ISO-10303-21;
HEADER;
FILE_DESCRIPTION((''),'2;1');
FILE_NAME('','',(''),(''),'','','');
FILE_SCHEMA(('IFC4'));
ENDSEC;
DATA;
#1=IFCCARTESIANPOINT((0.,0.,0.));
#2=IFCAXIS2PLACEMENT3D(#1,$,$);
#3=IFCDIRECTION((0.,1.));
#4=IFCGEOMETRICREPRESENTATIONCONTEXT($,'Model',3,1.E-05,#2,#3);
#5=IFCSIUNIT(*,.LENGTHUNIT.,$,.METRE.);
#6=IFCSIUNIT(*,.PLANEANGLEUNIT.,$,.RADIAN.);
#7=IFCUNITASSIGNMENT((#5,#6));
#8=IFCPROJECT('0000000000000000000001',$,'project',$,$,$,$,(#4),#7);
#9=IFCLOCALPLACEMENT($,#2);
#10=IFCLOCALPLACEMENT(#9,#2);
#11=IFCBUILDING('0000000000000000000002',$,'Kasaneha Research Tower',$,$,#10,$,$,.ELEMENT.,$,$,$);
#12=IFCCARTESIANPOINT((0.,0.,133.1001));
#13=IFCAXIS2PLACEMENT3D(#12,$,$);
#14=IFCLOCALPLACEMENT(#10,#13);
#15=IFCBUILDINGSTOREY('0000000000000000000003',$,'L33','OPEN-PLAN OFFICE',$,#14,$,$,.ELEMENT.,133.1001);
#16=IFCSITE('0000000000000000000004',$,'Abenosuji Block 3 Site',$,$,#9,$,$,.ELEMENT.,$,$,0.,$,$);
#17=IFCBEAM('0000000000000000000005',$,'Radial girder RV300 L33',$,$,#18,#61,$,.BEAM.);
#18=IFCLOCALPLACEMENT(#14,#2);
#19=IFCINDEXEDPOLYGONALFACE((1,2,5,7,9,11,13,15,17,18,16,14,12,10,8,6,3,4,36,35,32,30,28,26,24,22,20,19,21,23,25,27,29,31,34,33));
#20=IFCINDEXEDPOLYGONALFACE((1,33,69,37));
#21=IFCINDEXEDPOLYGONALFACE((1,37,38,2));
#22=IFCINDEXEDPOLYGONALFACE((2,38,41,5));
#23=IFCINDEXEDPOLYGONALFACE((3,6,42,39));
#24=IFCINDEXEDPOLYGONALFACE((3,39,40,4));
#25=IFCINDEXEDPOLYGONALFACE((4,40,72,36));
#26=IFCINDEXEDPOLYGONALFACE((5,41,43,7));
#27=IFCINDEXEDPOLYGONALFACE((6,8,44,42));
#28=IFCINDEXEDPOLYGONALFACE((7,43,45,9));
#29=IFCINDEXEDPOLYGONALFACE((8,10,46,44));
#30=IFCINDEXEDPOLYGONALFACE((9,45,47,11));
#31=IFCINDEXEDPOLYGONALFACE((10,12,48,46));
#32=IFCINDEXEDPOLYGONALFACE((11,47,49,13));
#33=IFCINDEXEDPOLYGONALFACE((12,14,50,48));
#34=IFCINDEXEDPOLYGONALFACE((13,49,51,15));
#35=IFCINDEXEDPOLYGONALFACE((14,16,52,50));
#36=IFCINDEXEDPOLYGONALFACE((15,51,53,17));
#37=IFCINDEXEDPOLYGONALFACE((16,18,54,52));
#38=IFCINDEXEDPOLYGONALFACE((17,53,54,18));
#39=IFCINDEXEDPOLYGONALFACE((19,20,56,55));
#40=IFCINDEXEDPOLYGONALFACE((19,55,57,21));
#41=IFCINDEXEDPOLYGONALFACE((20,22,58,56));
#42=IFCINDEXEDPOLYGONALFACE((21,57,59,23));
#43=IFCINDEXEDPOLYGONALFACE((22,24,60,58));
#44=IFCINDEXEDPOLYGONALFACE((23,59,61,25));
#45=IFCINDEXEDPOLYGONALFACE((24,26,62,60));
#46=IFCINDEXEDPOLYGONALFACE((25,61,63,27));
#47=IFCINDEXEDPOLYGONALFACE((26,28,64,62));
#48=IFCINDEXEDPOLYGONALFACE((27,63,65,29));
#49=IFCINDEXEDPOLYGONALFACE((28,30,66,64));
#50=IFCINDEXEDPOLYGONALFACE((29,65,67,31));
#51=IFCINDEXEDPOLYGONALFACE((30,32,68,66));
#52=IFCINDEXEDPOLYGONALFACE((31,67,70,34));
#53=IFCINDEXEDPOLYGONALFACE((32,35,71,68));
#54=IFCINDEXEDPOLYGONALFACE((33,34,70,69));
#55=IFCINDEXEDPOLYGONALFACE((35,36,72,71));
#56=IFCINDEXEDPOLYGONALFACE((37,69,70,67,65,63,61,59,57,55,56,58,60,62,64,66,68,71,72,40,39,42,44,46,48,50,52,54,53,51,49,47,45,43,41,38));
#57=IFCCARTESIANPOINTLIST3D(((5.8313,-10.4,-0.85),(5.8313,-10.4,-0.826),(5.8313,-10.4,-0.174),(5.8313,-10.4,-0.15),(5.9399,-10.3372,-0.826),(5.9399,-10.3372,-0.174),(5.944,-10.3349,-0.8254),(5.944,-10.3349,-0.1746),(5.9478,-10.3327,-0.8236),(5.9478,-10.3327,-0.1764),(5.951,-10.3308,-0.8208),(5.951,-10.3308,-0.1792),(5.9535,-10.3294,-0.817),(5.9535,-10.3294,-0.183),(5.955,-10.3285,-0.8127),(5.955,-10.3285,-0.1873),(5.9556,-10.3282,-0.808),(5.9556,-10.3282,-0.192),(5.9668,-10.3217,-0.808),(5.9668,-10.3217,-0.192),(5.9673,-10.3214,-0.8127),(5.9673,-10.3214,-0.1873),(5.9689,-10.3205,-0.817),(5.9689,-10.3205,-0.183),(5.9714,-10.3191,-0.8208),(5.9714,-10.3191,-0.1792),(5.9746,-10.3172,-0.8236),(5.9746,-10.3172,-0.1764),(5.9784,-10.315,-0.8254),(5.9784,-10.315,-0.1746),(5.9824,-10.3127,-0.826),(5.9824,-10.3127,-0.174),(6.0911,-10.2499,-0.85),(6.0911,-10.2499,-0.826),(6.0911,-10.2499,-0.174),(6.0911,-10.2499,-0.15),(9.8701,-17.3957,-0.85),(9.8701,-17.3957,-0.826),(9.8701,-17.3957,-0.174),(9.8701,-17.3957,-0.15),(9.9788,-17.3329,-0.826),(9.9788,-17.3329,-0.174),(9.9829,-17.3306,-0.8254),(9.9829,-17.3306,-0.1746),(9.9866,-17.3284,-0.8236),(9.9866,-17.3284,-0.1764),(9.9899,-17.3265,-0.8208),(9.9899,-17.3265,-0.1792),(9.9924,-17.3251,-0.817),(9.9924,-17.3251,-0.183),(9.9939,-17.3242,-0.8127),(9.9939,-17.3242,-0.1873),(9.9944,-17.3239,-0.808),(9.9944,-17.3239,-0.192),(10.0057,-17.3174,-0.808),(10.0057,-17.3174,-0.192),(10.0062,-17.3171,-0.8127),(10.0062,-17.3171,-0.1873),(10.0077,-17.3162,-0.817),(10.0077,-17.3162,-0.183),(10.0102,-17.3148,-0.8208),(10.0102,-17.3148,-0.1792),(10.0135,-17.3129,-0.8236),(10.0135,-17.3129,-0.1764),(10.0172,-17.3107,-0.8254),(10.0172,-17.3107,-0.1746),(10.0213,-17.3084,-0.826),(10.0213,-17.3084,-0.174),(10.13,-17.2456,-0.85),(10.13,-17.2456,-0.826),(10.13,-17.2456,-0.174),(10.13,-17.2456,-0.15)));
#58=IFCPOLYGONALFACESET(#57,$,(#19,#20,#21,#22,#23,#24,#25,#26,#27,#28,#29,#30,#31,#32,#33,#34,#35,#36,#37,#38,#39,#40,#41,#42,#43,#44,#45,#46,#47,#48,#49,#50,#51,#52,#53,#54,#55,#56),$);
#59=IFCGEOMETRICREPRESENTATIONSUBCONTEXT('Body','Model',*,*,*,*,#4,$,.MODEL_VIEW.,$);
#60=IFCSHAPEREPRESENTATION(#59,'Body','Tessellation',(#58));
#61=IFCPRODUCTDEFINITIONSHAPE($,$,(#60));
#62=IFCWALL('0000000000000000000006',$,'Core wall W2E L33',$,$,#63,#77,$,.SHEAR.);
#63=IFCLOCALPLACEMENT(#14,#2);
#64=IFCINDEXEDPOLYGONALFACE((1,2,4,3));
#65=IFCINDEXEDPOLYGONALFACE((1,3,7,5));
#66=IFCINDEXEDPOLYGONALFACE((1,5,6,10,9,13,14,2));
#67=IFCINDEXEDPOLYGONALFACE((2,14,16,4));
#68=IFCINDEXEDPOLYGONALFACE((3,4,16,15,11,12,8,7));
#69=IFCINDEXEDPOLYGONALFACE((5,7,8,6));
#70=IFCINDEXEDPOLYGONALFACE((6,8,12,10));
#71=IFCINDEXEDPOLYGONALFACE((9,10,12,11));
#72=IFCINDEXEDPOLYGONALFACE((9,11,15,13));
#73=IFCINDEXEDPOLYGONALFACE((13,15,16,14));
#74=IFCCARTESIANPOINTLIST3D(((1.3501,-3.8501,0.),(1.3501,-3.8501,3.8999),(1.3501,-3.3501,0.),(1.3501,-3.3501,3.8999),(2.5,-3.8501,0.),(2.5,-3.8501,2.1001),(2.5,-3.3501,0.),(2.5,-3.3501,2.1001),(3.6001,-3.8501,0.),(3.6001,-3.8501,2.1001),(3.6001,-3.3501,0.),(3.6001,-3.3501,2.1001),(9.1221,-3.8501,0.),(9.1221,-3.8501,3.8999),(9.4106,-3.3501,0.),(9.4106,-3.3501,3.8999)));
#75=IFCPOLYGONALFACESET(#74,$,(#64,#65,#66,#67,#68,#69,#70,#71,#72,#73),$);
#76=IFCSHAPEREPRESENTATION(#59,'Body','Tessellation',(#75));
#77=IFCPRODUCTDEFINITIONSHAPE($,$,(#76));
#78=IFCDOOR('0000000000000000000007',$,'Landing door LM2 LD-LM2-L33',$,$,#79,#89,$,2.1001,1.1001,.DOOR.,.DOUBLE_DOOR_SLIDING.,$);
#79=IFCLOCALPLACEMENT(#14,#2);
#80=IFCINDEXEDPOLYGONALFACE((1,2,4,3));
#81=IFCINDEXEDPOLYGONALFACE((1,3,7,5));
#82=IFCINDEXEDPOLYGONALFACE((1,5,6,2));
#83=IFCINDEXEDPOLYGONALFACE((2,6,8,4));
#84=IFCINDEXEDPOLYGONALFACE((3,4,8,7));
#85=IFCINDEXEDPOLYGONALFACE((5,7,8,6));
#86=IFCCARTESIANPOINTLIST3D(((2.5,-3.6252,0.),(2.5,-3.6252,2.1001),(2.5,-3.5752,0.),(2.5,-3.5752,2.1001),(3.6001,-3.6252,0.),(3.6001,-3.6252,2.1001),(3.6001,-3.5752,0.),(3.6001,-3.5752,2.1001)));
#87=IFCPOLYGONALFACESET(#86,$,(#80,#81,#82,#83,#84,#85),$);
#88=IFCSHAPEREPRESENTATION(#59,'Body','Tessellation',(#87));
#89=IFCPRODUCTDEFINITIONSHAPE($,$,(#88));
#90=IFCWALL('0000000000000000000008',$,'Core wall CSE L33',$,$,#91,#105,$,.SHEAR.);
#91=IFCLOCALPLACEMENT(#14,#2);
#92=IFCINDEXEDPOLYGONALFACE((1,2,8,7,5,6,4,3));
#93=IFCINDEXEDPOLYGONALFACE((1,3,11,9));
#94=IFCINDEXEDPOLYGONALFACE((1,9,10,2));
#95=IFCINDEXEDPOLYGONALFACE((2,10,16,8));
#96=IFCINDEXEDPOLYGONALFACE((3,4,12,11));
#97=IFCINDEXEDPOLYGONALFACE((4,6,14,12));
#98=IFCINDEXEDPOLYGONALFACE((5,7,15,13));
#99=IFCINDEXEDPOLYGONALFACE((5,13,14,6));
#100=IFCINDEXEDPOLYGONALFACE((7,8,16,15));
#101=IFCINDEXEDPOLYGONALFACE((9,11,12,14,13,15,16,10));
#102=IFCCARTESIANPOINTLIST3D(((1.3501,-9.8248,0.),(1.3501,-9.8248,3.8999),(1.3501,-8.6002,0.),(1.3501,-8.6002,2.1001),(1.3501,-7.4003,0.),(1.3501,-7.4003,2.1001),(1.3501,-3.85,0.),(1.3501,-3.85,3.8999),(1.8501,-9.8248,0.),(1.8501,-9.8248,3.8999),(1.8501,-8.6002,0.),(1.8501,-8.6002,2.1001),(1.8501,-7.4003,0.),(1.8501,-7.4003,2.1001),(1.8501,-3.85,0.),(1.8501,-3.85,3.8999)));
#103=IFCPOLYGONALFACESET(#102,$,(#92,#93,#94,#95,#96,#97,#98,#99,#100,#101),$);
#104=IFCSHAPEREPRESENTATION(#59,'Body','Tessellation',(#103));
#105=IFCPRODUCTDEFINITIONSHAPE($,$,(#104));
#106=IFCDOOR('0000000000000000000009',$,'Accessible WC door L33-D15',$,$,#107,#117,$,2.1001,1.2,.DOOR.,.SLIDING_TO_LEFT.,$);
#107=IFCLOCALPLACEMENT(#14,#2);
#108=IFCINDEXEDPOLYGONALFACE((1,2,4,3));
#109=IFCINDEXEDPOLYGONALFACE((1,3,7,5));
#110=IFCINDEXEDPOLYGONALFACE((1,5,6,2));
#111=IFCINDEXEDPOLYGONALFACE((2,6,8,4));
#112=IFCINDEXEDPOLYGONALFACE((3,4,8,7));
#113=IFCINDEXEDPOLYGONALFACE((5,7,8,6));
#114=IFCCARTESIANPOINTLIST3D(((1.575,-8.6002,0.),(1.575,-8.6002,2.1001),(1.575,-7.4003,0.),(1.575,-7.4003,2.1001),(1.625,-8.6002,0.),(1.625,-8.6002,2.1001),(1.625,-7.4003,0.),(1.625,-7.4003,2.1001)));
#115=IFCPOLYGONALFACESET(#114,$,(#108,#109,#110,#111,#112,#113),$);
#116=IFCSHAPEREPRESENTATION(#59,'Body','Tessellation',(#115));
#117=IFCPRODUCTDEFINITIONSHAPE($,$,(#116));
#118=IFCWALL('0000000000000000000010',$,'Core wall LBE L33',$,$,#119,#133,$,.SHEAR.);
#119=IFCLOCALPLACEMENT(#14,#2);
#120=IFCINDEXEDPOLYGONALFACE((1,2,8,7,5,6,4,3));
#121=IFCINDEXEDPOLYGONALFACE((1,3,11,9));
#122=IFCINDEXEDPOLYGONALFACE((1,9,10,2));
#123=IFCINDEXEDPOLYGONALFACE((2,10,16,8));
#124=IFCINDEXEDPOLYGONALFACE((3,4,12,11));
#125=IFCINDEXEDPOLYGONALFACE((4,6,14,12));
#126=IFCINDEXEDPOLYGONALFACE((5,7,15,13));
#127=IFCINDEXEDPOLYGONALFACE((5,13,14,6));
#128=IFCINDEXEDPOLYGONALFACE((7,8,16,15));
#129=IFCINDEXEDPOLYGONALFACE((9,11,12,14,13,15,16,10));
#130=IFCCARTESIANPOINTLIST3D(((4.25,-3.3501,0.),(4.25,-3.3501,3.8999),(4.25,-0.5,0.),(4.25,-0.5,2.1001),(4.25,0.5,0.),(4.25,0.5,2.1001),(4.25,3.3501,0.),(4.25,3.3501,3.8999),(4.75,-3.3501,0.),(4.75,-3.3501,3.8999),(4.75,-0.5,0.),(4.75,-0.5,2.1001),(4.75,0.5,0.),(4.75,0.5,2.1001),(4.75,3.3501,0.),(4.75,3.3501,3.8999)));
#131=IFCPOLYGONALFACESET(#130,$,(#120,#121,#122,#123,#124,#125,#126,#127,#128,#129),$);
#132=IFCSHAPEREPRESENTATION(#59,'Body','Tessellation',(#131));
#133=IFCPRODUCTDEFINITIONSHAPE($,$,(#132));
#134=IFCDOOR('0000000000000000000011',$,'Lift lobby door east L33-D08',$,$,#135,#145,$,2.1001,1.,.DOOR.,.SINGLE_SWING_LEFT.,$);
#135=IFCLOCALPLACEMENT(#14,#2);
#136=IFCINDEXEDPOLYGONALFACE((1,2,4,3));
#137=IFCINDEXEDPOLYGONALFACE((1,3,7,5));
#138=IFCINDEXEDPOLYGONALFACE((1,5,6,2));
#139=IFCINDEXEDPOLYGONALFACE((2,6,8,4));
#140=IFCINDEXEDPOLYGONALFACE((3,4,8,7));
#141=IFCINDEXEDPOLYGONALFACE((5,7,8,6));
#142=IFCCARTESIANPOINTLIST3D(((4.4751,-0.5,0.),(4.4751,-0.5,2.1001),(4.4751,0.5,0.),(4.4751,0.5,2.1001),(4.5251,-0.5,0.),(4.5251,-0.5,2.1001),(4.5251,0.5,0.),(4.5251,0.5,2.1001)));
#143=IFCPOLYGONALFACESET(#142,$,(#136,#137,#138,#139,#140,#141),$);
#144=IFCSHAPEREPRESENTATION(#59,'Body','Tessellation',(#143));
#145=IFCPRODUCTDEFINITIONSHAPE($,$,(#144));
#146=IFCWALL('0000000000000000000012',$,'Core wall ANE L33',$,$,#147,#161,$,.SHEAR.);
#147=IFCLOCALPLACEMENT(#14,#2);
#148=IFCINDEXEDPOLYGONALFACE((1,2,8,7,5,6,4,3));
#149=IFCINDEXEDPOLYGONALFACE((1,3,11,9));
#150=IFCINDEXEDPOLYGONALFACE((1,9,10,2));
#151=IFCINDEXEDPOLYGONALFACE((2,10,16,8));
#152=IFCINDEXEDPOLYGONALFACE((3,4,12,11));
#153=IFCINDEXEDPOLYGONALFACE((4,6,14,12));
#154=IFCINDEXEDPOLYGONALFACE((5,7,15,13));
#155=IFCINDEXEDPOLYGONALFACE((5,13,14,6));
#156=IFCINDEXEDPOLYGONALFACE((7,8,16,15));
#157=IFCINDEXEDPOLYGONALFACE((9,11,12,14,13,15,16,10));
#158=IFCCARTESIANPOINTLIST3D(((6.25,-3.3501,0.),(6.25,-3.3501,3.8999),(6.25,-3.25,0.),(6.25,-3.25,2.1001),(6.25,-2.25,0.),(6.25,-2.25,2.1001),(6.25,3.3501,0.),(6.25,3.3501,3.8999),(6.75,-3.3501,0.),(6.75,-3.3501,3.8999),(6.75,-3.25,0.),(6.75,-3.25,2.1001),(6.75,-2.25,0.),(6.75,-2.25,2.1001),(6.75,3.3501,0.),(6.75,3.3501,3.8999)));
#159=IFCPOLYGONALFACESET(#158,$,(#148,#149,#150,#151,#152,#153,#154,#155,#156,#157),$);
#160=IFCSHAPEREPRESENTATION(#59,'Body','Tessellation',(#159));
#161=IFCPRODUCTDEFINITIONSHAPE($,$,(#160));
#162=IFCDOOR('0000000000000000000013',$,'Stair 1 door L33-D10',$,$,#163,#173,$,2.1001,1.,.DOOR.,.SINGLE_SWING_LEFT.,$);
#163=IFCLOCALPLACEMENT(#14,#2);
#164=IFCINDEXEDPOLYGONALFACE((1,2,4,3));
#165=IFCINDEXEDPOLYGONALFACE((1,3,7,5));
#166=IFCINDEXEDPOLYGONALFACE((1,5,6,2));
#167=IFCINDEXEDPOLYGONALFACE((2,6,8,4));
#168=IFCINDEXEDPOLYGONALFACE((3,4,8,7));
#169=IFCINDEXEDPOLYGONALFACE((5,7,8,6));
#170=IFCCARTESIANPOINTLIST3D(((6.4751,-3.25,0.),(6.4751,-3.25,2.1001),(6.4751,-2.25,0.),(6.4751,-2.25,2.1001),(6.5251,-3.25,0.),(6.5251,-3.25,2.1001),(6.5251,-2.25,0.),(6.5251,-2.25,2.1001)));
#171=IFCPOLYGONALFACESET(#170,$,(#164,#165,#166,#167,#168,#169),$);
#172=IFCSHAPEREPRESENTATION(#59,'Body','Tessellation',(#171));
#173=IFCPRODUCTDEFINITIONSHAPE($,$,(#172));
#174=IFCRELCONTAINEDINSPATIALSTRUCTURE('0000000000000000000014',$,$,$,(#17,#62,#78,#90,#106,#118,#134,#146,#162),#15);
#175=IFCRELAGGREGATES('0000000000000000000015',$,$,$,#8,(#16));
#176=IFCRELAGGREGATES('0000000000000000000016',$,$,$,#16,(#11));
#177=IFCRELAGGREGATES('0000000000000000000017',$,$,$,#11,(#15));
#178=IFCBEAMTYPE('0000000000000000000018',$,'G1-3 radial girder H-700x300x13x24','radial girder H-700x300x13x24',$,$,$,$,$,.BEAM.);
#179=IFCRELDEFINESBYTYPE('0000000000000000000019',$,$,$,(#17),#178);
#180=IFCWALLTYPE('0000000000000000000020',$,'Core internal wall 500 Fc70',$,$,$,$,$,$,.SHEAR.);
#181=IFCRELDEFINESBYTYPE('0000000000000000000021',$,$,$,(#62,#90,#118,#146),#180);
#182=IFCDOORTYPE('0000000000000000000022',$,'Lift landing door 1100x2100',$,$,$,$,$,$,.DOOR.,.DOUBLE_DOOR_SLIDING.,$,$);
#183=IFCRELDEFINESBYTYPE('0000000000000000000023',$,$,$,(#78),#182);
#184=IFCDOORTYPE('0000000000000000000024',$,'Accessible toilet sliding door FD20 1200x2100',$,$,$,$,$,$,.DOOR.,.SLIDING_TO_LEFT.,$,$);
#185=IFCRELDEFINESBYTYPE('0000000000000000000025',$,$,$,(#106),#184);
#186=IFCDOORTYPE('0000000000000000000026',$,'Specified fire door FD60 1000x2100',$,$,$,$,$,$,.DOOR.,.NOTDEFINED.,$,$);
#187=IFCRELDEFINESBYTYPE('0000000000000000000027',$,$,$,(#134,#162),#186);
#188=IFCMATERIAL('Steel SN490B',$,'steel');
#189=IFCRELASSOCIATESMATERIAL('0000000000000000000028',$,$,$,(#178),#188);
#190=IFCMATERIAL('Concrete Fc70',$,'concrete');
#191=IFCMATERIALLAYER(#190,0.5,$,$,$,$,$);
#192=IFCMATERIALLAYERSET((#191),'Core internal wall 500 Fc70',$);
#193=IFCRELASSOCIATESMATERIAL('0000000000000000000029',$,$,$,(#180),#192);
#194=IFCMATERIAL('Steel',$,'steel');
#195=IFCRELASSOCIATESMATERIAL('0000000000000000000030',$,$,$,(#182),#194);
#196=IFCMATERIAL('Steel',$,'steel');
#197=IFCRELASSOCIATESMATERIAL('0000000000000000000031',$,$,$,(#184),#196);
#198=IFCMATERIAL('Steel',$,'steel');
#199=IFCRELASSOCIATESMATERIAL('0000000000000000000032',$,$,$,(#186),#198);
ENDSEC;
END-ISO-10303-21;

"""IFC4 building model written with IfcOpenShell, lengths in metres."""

from ifc_helpers import new_model, si_unit, direction, frame, frame_2d, origin, origin_2d, place, context, subcontext, project, spatial, polyline, rectangle, i_section, outline, extrude, material, layer, layer_set, material_profile, profile_set, type_object, element, fill, save


model = new_model("IFC4")

# Units and contexts
model_context = context("Model", 3, precision=1e-05, world=origin(), true_north=direction((0.0, 1.0)))
body_context = subcontext(model_context, "Body", "Model", "MODEL_VIEW")
ifc_project = project(units=[si_unit("LENGTHUNIT", "METRE"), si_unit("PLANEANGLEUNIT", "RADIAN")], contexts=[model_context])

# Site, building, storey
site_placement = place(None, origin())
site = spatial("IfcSite", under=ifc_project, at=site_placement, Name="Abenosuji Block 3 Site", CompositionType="ELEMENT", RefElevation=0.0)
building_placement = place(site_placement, origin())
building = spatial("IfcBuilding", under=site, at=building_placement, Name="Kasaneha Research Tower", CompositionType="ELEMENT")
storey_placement = place(building_placement, frame((0.0, 0.0, 133.1001)))
storey = spatial("IfcBuildingStorey", under=building, at=storey_placement, Name="L33", Description="OPEN-PLAN OFFICE", CompositionType="ELEMENT", Elevation=133.1001)

# Beam
ifc_material_1 = material(Name="Steel SN490B", Category="steel")
ifc_material_profile_1 = material_profile(ifc_material_1, i_section(OverallWidth=0.3, OverallDepth=0.7, WebThickness=0.0129, FlangeThickness=0.0239, FilletRadius=0.0181, at=origin_2d()), Name="H-700x300x13x24")
ifc_profile_set_1 = profile_set([ifc_material_profile_1], Name="Steel SN490B")
beam_type_1 = type_object("IfcBeamType", Name="G1-3 radial girder H-700x300x13x24", Description="radial girder H-700x300x13x24", PredefinedType="BEAM", material=ifc_profile_set_1)
beam_1_placement = place(storey_placement, frame((5.9612, -10.325, -0.5), z_axis=(0.499991, -0.866031, 0.0), x_axis=(0.866031, 0.499991, 0.0)))
element("IfcBeam", 1, at=beam_1_placement, inside=storey, type_object=beam_type_1, Name="Radial girder RV300 L33", PredefinedType="BEAM", context=body_context, shape_type="SweptSolid", body=[
    extrude(i_section(OverallWidth=0.3, OverallDepth=0.7, WebThickness=0.0129, FlangeThickness=0.0239, FilletRadius=0.0181, at=origin_2d()), origin(), (0.0, 0.0, 1.0), 8.0779),
])

# Walls, openings, doors
ifc_material_2 = material(Name="Concrete Fc70", Category="concrete")
ifc_layer_1 = layer(ifc_material_2, 0.5)
ifc_layer_set_1 = layer_set([ifc_layer_1], Name="Core internal wall 500 Fc70")
wall_type_1 = type_object("IfcWallType", Name="Core internal wall 500 Fc70", PredefinedType="SHEAR", material=ifc_layer_set_1)
wall_1_placement = place(storey_placement, frame((1.3501, -3.6001, 0.0), z_axis=(0.0, 0.0, 1.0), x_axis=(1.0, 0.0, 0.0)))
wall_1 = element("IfcWall", 2, at=wall_1_placement, inside=storey, type_object=wall_type_1, Name="Core wall W2E L33", PredefinedType="SHEAR", context=body_context, shape_type="SweptSolid", body=[
    extrude(outline(polyline([(0.0, -0.25), (1.1499, -0.25), (2.25, -0.25), (7.772, -0.25), (8.0605, 0.25), (2.25, 0.25), (1.1499, 0.25), (0.0, 0.25), (0.0, -0.25)])), origin(), (0.0, 0.0, 1.0), 3.8999),
])
opening_1_placement = place(wall_1_placement, frame((1.1499, 0.0, 0.0)))
opening_1 = element("IfcOpeningElement", 3, at=opening_1_placement, cuts=wall_1, PredefinedType="OPENING", context=body_context, shape_type="SweptSolid", body=[
    extrude(rectangle(XDim=1.1001, YDim=2.1001, at=frame_2d((0.55, 1.05))), frame((0.0, 0.26, 0.0), z_axis=(0.0, -1.0, 0.0), x_axis=(1.0, 0.0, 0.0)), (0.0, 0.0, 1.0), 0.52),
])
ifc_material_3 = material(Name="Steel", Category="steel")
door_type_1 = type_object("IfcDoorType", Name="Lift landing door 1100x2100", OperationType="DOUBLE_DOOR_SLIDING", PredefinedType="DOOR", material=ifc_material_3)
door_1_placement = place(opening_1_placement, origin())
door_1 = element("IfcDoor", 4, at=door_1_placement, inside=storey, type_object=door_type_1, Name="Landing door LM2 LD-LM2-L33", OperationType="DOUBLE_DOOR_SLIDING", OverallHeight=2.1001, OverallWidth=1.1001, PredefinedType="DOOR", context=body_context, shape_type="SweptSolid", body=[
    extrude(rectangle(XDim=1.1001, YDim=2.1001, at=frame_2d((0.55, 1.05))), frame((0.0, 0.0249, 0.0), z_axis=(0.0, -1.0, 0.0), x_axis=(1.0, 0.0, 0.0)), (0.0, 0.0, 1.0), 0.05),
])
fill(opening_1, door_1)
wall_2_placement = place(storey_placement, frame((1.6001, -3.8501, 0.0), z_axis=(0.0, 0.0, 1.0), x_axis=(0.0, -1.0, 0.0)))
wall_2 = element("IfcWall", 5, at=wall_2_placement, inside=storey, type_object=wall_type_1, Name="Core wall CSE L33", PredefinedType="SHEAR", context=body_context, shape_type="SweptSolid", body=[
    extrude(rectangle(XDim=5.9749, YDim=0.5, at=frame_2d((2.9873, 0.0))), origin(), (0.0, 0.0, 1.0), 3.8999),
])
opening_2_placement = place(wall_2_placement, frame((3.55, 0.0, 0.0)))
opening_2 = element("IfcOpeningElement", 6, at=opening_2_placement, cuts=wall_2, PredefinedType="OPENING", context=body_context, shape_type="SweptSolid", body=[
    extrude(rectangle(XDim=1.2, YDim=2.1001, at=frame_2d((0.6001, 1.05))), frame((0.0, 0.26, 0.0), z_axis=(0.0, -1.0, 0.0), x_axis=(1.0, 0.0, 0.0)), (0.0, 0.0, 1.0), 0.52),
])
ifc_material_4 = material(Name="Steel", Category="steel")
door_type_2 = type_object("IfcDoorType", Name="Accessible toilet sliding door FD20 1200x2100", OperationType="SLIDING_TO_LEFT", PredefinedType="DOOR", material=ifc_material_4)
door_2_placement = place(opening_2_placement, origin())
door_2 = element("IfcDoor", 7, at=door_2_placement, inside=storey, type_object=door_type_2, Name="Accessible WC door L33-D15", OperationType="SLIDING_TO_LEFT", OverallHeight=2.1001, OverallWidth=1.2, PredefinedType="DOOR", context=body_context, shape_type="SweptSolid", body=[
    extrude(rectangle(XDim=1.2, YDim=2.1001, at=frame_2d((0.6001, 1.05))), frame((0.0, 0.0249, 0.0), z_axis=(0.0, -1.0, 0.0), x_axis=(1.0, 0.0, 0.0)), (0.0, 0.0, 1.0), 0.05),
])
fill(opening_2, door_2)
wall_3_placement = place(storey_placement, frame((4.5, -3.3501, 0.0), z_axis=(0.0, 0.0, 1.0), x_axis=(0.0, 1.0, 0.0)))
wall_3 = element("IfcWall", 8, at=wall_3_placement, inside=storey, type_object=wall_type_1, Name="Core wall LBE L33", PredefinedType="SHEAR", context=body_context, shape_type="SweptSolid", body=[
    extrude(rectangle(XDim=6.7002, YDim=0.5, at=frame_2d((3.3501, 0.0))), origin(), (0.0, 0.0, 1.0), 3.8999),
])
opening_3_placement = place(wall_3_placement, frame((2.8501, 0.0, 0.0)))
opening_3 = element("IfcOpeningElement", 9, at=opening_3_placement, cuts=wall_3, PredefinedType="OPENING", context=body_context, shape_type="SweptSolid", body=[
    extrude(rectangle(XDim=1.0, YDim=2.1001, at=frame_2d((0.5, 1.05))), frame((0.0, 0.26, 0.0), z_axis=(0.0, -1.0, 0.0), x_axis=(1.0, 0.0, 0.0)), (0.0, 0.0, 1.0), 0.52),
])
ifc_material_5 = material(Name="Steel", Category="steel")
door_type_3 = type_object("IfcDoorType", Name="Specified fire door FD60 1000x2100", OperationType="NOTDEFINED", PredefinedType="DOOR", material=ifc_material_5)
door_3_placement = place(opening_3_placement, origin())
door_3 = element("IfcDoor", 10, at=door_3_placement, inside=storey, type_object=door_type_3, Name="Lift lobby door east L33-D08", OperationType="SINGLE_SWING_LEFT", OverallHeight=2.1001, OverallWidth=1.0, PredefinedType="DOOR", context=body_context, shape_type="SweptSolid", body=[
    extrude(rectangle(XDim=1.0, YDim=2.1001, at=frame_2d((0.5, 1.05))), frame((0.0, 0.0249, 0.0), z_axis=(0.0, -1.0, 0.0), x_axis=(1.0, 0.0, 0.0)), (0.0, 0.0, 1.0), 0.05),
])
fill(opening_3, door_3)
wall_4_placement = place(storey_placement, frame((6.5, -3.3501, 0.0), z_axis=(0.0, 0.0, 1.0), x_axis=(0.0, 1.0, 0.0)))
wall_4 = element("IfcWall", 11, at=wall_4_placement, inside=storey, type_object=wall_type_1, Name="Core wall ANE L33", PredefinedType="SHEAR", context=body_context, shape_type="SweptSolid", body=[
    extrude(rectangle(XDim=6.7002, YDim=0.5, at=frame_2d((3.3501, 0.0))), origin(), (0.0, 0.0, 1.0), 3.8999),
])
opening_4_placement = place(wall_4_placement, frame((0.1001, 0.0, 0.0)))
opening_4 = element("IfcOpeningElement", 12, at=opening_4_placement, cuts=wall_4, PredefinedType="OPENING", context=body_context, shape_type="SweptSolid", body=[
    extrude(rectangle(XDim=1.0, YDim=2.1001, at=frame_2d((0.5, 1.05))), frame((0.0, 0.26, 0.0), z_axis=(0.0, -1.0, 0.0), x_axis=(1.0, 0.0, 0.0)), (0.0, 0.0, 1.0), 0.52),
])
door_4_placement = place(opening_4_placement, origin())
door_4 = element("IfcDoor", 13, at=door_4_placement, inside=storey, type_object=door_type_3, Name="Stair 1 door L33-D10", OperationType="SINGLE_SWING_LEFT", OverallHeight=2.1001, OverallWidth=1.0, PredefinedType="DOOR", context=body_context, shape_type="SweptSolid", body=[
    extrude(rectangle(XDim=1.0, YDim=2.1001, at=frame_2d((0.5, 1.05))), frame((0.0, 0.0249, 0.0), z_axis=(0.0, -1.0, 0.0), x_axis=(1.0, 0.0, 0.0)), (0.0, 0.0, 1.0), 0.05),
])
fill(opening_4, door_4)

save(model, "model.ifc")
